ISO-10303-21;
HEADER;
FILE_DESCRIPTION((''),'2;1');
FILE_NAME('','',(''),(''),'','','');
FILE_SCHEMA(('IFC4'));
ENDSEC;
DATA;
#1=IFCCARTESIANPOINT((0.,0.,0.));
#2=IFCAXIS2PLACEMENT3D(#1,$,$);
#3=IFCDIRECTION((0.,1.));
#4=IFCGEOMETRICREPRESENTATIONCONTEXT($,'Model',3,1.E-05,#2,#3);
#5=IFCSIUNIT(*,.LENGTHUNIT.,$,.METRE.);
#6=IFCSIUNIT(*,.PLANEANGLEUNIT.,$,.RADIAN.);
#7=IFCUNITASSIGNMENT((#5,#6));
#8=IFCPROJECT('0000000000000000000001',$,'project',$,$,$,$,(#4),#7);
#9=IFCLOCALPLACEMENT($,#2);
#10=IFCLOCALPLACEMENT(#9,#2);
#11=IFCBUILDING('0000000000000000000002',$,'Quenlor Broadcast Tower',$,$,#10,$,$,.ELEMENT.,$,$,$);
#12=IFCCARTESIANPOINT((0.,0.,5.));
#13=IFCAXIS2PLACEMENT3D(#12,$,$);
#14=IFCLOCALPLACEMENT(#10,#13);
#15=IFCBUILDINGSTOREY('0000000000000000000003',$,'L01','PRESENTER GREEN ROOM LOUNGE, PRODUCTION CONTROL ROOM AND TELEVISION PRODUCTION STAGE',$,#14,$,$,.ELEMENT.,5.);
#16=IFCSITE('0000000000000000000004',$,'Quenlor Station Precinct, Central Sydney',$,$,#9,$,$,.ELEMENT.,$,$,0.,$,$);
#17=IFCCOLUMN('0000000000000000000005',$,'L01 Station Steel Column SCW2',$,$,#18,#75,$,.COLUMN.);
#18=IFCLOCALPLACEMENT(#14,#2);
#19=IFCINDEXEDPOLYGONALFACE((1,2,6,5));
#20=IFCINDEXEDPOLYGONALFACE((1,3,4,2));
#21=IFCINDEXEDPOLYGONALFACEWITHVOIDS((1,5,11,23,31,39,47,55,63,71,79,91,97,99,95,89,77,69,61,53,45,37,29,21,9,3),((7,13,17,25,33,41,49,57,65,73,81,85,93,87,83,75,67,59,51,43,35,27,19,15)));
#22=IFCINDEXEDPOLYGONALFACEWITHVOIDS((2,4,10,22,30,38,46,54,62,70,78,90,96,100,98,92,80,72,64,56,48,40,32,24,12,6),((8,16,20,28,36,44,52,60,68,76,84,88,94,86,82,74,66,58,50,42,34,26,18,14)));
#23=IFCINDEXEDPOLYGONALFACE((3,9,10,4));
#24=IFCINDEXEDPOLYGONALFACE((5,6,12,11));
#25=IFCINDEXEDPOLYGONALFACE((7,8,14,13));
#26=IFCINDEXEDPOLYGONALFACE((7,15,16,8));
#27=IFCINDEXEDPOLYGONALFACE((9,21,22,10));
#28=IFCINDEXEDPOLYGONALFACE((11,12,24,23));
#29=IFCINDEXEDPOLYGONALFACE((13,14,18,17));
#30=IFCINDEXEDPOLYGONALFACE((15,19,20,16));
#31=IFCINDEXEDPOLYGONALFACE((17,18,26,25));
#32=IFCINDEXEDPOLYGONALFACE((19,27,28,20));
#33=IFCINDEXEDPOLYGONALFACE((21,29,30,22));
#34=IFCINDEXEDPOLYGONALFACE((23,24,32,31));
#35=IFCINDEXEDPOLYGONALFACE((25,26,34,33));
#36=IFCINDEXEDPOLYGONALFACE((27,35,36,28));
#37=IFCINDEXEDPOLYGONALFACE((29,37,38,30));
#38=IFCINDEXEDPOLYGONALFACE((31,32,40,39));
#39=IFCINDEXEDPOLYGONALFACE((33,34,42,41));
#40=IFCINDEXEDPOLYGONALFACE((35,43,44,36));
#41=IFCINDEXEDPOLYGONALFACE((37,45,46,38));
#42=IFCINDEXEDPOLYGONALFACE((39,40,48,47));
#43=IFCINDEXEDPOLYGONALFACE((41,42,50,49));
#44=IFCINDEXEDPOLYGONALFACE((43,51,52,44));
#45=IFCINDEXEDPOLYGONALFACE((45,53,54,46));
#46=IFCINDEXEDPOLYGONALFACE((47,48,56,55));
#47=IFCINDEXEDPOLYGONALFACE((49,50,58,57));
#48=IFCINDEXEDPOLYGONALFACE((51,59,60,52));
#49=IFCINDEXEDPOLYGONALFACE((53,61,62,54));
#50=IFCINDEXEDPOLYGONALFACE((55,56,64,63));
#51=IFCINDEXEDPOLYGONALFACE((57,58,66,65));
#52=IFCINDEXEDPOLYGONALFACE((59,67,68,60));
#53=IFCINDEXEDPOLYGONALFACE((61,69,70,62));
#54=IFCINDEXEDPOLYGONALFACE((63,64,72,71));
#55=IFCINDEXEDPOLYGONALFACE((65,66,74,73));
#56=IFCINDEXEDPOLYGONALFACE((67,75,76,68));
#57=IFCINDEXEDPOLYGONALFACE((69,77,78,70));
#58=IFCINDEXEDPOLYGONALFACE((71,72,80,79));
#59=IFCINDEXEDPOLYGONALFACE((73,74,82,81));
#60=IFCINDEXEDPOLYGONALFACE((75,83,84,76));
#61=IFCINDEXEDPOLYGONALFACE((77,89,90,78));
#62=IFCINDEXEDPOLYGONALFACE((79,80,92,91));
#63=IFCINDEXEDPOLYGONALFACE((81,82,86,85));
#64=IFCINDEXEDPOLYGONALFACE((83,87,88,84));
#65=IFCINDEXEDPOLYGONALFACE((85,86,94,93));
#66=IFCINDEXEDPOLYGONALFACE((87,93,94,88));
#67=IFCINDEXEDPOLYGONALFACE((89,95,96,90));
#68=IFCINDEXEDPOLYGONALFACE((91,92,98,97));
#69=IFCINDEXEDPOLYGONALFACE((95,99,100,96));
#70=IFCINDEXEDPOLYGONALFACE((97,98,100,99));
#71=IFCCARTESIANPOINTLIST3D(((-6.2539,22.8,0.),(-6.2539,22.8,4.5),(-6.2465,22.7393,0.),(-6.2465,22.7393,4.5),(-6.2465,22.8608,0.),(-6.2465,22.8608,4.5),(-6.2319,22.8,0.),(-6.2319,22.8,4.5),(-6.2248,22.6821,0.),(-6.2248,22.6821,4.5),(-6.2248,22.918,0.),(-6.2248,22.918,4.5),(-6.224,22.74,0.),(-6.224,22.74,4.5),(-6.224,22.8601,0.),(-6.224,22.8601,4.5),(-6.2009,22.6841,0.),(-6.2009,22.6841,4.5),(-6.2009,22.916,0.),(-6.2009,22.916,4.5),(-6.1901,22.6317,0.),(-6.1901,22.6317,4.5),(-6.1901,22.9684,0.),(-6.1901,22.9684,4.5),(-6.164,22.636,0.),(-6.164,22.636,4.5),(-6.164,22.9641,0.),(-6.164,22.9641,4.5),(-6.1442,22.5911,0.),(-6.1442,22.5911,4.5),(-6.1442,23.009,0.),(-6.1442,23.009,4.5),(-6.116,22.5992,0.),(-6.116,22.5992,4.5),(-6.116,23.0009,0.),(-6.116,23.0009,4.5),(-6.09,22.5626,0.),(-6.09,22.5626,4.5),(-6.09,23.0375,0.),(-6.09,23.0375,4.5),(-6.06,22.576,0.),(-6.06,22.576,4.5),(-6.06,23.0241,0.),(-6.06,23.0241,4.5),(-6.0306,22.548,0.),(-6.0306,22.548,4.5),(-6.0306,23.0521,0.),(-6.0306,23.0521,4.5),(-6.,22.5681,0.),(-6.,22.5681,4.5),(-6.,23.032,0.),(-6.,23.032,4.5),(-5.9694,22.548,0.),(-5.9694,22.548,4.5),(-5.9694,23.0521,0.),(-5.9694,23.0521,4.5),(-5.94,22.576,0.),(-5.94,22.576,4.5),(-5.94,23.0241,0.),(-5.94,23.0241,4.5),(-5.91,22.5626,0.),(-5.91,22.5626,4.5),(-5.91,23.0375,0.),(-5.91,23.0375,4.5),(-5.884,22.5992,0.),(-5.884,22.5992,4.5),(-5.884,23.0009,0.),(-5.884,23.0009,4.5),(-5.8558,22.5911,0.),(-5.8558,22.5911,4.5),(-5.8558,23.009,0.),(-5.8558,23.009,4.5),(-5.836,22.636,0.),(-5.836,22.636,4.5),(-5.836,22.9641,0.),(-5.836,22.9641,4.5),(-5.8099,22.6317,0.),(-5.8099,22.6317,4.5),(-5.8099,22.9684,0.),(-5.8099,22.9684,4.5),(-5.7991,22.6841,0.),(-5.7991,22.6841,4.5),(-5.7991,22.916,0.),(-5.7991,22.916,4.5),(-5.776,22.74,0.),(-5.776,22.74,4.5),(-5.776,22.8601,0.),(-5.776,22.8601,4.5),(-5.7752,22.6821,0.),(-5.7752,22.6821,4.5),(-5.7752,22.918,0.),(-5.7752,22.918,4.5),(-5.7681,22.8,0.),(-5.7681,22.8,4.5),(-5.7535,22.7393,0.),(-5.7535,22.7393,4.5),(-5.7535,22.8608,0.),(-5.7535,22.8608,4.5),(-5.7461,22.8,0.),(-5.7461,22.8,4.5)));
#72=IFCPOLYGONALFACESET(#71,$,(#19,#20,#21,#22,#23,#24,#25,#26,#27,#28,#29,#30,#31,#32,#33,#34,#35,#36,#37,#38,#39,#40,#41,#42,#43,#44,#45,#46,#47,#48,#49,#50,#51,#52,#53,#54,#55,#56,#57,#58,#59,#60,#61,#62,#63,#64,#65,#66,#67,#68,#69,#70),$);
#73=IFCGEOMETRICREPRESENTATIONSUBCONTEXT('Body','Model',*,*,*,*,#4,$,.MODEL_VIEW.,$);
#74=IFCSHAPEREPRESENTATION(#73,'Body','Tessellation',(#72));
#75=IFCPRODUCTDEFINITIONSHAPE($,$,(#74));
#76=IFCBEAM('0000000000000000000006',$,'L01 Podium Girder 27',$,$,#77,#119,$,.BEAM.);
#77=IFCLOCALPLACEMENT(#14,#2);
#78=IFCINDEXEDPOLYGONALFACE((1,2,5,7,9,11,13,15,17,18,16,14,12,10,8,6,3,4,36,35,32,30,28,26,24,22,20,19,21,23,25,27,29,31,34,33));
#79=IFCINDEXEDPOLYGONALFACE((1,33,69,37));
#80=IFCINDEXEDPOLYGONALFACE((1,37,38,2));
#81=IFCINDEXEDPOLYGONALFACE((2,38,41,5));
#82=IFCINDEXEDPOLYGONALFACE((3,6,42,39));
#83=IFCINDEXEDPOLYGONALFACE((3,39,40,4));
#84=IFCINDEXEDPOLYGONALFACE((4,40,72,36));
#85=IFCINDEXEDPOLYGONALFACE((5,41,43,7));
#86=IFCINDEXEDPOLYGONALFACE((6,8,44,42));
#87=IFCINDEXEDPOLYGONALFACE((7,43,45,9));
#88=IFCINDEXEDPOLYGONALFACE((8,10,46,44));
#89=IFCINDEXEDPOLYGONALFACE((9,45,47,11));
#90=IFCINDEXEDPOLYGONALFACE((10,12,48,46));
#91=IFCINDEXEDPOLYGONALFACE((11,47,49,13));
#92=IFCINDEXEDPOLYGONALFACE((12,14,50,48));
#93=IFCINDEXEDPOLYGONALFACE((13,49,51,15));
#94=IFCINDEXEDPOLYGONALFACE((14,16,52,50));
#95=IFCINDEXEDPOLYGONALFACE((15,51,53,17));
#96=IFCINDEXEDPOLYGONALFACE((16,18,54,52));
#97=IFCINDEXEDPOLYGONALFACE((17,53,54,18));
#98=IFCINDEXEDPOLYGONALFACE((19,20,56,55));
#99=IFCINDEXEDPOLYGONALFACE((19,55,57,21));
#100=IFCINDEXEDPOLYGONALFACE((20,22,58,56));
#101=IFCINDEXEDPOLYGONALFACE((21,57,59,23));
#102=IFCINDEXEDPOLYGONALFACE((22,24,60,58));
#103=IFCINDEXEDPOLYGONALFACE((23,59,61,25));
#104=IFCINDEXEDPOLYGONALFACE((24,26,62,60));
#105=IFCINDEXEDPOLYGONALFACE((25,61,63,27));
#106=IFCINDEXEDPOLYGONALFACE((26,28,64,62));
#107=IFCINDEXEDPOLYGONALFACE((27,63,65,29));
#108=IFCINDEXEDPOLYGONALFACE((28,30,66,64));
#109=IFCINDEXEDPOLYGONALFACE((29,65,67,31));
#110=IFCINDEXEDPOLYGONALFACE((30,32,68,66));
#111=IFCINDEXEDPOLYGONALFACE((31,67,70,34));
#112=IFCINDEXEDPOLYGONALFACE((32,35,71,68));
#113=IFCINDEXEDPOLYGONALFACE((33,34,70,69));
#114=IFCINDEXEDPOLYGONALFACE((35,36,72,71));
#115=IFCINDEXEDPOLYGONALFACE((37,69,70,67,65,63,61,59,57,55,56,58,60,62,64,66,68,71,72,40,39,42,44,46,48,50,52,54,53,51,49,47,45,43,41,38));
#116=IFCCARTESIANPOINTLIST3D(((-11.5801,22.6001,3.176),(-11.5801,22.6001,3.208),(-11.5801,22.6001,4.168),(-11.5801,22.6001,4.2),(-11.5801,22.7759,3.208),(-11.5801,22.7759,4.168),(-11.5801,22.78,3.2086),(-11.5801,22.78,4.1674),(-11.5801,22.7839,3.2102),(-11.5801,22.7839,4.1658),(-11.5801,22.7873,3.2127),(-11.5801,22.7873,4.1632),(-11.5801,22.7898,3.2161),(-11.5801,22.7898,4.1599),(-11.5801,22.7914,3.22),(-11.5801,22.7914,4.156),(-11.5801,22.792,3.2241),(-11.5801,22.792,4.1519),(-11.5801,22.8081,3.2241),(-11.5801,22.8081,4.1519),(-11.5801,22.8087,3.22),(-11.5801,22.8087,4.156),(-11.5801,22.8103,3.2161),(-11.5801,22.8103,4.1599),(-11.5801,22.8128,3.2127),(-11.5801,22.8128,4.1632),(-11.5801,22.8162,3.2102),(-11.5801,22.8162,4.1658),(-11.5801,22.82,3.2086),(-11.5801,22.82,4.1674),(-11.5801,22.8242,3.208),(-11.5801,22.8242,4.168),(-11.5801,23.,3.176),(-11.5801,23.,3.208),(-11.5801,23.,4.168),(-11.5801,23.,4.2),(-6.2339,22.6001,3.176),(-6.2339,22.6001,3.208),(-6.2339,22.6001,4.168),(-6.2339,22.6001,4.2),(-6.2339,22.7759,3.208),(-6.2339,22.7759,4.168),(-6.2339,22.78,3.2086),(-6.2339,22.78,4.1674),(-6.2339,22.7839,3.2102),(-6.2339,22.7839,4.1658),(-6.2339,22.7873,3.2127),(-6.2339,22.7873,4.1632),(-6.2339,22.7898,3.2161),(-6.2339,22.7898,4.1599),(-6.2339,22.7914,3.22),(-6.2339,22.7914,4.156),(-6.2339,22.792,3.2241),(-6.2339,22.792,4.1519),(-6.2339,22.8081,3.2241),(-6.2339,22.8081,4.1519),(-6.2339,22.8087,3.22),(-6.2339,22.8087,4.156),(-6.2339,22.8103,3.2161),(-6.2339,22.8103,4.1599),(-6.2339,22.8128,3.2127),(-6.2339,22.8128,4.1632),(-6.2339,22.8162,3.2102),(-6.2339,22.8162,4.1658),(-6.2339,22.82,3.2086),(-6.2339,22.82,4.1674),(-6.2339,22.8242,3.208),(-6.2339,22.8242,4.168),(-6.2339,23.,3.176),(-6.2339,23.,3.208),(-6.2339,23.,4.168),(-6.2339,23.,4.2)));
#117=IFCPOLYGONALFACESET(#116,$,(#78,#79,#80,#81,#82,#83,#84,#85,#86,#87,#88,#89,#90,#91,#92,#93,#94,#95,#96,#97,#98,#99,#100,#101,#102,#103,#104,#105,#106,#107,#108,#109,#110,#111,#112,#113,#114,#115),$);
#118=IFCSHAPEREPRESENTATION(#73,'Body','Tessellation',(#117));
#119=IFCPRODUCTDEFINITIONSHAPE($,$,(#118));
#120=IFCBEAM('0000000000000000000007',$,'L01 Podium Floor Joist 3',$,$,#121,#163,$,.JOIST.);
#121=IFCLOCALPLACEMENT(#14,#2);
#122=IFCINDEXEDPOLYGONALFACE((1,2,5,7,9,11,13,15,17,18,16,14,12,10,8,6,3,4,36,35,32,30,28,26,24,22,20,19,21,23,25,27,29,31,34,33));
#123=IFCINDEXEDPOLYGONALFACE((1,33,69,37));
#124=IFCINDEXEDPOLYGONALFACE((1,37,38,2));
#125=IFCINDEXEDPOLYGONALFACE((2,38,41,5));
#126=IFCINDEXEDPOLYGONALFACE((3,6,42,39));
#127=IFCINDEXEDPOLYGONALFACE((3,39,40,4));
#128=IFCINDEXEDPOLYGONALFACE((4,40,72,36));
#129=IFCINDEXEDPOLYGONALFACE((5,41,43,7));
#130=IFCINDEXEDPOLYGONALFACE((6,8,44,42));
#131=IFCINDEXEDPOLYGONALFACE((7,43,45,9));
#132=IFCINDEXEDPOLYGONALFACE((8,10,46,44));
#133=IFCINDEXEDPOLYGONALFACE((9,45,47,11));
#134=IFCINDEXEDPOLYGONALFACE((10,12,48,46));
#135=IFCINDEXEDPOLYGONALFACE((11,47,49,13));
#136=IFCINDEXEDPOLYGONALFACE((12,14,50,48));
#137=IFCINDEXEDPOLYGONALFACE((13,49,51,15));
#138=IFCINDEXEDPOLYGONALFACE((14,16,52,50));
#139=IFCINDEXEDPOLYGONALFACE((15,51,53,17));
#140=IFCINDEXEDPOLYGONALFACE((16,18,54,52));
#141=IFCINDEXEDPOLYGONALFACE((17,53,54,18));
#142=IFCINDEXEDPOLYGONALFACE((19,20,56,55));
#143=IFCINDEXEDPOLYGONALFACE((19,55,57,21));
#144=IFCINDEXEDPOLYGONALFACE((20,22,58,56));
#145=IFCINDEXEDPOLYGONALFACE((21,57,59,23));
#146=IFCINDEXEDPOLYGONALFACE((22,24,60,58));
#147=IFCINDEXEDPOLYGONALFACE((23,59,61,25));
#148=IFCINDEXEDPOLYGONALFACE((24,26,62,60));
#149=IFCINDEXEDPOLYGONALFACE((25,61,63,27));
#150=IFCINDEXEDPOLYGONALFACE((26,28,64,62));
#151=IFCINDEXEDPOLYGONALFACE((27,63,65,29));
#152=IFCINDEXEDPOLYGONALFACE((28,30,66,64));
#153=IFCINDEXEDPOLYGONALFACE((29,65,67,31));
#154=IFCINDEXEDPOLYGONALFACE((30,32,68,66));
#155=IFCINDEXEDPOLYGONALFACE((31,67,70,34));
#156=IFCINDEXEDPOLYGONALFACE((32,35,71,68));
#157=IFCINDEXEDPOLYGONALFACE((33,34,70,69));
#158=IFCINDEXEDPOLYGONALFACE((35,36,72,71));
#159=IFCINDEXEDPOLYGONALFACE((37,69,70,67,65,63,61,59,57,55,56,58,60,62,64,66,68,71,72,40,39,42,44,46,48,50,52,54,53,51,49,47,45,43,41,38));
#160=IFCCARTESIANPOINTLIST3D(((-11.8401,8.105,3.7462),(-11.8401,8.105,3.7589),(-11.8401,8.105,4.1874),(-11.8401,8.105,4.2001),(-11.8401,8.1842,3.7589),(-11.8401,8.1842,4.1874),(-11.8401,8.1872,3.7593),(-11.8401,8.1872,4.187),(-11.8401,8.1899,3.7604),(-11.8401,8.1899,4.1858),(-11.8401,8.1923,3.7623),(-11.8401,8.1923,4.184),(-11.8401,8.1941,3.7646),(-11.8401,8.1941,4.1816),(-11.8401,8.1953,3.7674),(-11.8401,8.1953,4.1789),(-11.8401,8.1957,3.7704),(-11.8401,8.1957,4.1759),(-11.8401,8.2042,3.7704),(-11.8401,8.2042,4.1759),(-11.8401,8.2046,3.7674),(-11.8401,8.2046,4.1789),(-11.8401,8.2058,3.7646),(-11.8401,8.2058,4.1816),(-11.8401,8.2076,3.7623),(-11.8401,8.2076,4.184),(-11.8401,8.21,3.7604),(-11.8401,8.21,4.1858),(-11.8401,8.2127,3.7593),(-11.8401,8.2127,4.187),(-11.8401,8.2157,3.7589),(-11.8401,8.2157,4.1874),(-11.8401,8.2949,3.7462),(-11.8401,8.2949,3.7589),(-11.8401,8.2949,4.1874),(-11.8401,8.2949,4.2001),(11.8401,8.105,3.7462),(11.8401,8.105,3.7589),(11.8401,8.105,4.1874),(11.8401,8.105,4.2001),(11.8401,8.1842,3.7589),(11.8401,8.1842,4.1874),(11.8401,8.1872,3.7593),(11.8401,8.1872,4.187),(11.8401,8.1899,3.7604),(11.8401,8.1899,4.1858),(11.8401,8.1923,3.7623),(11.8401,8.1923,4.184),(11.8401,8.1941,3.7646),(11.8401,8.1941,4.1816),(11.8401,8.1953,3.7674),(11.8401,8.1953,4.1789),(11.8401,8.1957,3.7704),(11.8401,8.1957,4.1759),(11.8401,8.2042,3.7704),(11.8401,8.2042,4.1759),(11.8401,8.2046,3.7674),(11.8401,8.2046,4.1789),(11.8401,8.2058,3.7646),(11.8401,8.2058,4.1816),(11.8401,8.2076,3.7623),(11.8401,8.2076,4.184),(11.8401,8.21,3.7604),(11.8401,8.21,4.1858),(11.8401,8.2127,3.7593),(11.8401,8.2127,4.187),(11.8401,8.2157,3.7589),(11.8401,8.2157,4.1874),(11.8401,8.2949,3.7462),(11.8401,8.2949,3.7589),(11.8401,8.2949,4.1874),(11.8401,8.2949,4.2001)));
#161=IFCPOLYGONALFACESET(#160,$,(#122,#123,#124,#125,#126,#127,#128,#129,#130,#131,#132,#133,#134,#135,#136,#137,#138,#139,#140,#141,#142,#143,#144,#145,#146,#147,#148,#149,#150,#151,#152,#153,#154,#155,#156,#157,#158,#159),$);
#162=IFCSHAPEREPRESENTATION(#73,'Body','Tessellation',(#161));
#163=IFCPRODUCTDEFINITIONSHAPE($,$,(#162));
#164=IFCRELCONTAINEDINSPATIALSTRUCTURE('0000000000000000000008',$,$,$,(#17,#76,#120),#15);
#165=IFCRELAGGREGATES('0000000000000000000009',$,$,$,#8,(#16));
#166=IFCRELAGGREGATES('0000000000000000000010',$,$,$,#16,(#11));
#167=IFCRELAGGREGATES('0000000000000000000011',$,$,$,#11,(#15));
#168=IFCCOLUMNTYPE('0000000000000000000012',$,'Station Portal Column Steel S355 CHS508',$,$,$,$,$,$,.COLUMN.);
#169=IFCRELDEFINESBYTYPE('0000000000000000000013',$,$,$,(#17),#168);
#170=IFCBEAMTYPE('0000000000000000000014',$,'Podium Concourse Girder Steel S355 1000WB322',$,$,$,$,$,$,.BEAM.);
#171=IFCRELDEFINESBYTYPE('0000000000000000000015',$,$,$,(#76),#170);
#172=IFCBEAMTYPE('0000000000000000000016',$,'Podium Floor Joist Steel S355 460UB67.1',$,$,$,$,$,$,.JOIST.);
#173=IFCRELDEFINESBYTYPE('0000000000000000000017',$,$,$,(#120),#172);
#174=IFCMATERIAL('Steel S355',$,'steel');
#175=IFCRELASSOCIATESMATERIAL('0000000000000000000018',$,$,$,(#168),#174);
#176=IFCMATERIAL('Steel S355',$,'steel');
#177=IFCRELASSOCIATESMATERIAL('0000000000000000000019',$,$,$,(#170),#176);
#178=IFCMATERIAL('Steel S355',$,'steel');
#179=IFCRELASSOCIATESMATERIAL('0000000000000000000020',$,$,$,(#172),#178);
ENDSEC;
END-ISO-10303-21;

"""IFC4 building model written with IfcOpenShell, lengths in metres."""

from ifc_helpers import new_model, si_unit, direction, frame, origin, origin_2d, place, context, subcontext, project, spatial, hollow_circle, i_section, extrude, material, material_profile, profile_set, type_object, element, save


model = new_model("IFC4")

# Units and contexts
model_context = context("Model", 3, precision=1e-05, world=origin(), true_north=direction((0.0, 1.0)))
body_context = subcontext(model_context, "Body", "Model", "MODEL_VIEW")
ifc_project = project(units=[si_unit("LENGTHUNIT", "METRE"), si_unit("PLANEANGLEUNIT", "RADIAN")], contexts=[model_context])

# Site, building, storey
site_placement = place(None, origin())
site = spatial("IfcSite", under=ifc_project, at=site_placement, Name="Quenlor Station Precinct, Central Sydney", CompositionType="ELEMENT", RefElevation=0.0)
building_placement = place(site_placement, origin())
building = spatial("IfcBuilding", under=site, at=building_placement, Name="Quenlor Broadcast Tower", CompositionType="ELEMENT")
storey_placement = place(building_placement, frame((0.0, 0.0, 5.0)))
storey = spatial("IfcBuildingStorey", under=building, at=storey_placement, Name="L01", Description="PRESENTER GREEN ROOM LOUNGE, PRODUCTION CONTROL ROOM AND TELEVISION PRODUCTION STAGE", CompositionType="ELEMENT", Elevation=5.0)

# Column
ifc_material_1 = material(Name="Steel S355", Category="steel")
ifc_material_profile_1 = material_profile(ifc_material_1, hollow_circle(Radius=0.2539, WallThickness=0.022, at=origin_2d()))
ifc_profile_set_1 = profile_set([ifc_material_profile_1], Name="Steel S355 CHS508x22")
column_type = type_object("IfcColumnType", Name="Station Portal Column Steel S355 CHS508", PredefinedType="COLUMN", material=ifc_profile_set_1)
column_placement = place(storey_placement, frame((-6.0, 22.8, 0.0), z_axis=(0.0, 0.0, 1.0), x_axis=(1.0, 0.0, 0.0)))
element("IfcColumn", 1, at=column_placement, inside=storey, type_object=column_type, Name="L01 Station Steel Column SCW2", PredefinedType="COLUMN", context=body_context, shape_type="SweptSolid", body=[
    extrude(hollow_circle(Radius=0.2539, WallThickness=0.022, at=origin_2d()), origin(), (0.0, 0.0, 1.0), 4.5),
])

# Beams
ifc_material_2 = material(Name="Steel S355", Category="steel")
ifc_material_profile_2 = material_profile(ifc_material_2, i_section(OverallWidth=0.3999, OverallDepth=1.0239, WebThickness=0.0161, FlangeThickness=0.032, FilletRadius=0.0161, at=origin_2d()))
ifc_profile_set_2 = profile_set([ifc_material_profile_2], Name="Steel S355 1000WB322")
beam_type_1 = type_object("IfcBeamType", Name="Podium Concourse Girder Steel S355 1000WB322", PredefinedType="BEAM", material=ifc_profile_set_2)
beam_placement = place(storey_placement, frame((-11.5801, 22.8, 3.688), z_axis=(1.0, 0.0, 0.0), x_axis=(0.0, 1.0, 0.0)))
element("IfcBeam", 2, at=beam_placement, inside=storey, type_object=beam_type_1, Name="L01 Podium Girder 27", PredefinedType="BEAM", context=body_context, shape_type="SweptSolid", body=[
    extrude(i_section(OverallWidth=0.3999, OverallDepth=1.0239, WebThickness=0.0161, FlangeThickness=0.032, FilletRadius=0.0161, at=origin_2d()), origin(), (0.0, 0.0, 1.0), 5.3462),
])
ifc_material_3 = material(Name="Steel S355", Category="steel")
ifc_material_profile_3 = material_profile(ifc_material_3, i_section(OverallWidth=0.1899, OverallDepth=0.4539, WebThickness=0.0085, FlangeThickness=0.0127, FilletRadius=0.0115, at=origin_2d()))
ifc_profile_set_3 = profile_set([ifc_material_profile_3], Name="Steel S355 460UB67.1")
beam_type_2 = type_object("IfcBeamType", Name="Podium Floor Joist Steel S355 460UB67.1", PredefinedType="JOIST", material=ifc_profile_set_3)
for number, where, z_axis, x_axis, name in (
    (3, (-11.8401, 8.2, 3.9731), (1.0, 0.0, 0.0), (0.0, 1.0, 0.0), "L01 Podium Floor Joist 3"),
):
    element("IfcBeam", number, at=place(storey_placement, frame(where, z_axis=z_axis, x_axis=x_axis)), inside=storey, type_object=beam_type_2, Name=name, PredefinedType="JOIST", context=body_context, shape_type="SweptSolid", body=[
        extrude(i_section(OverallWidth=0.1899, OverallDepth=0.4539, WebThickness=0.0085, FlangeThickness=0.0127, FilletRadius=0.0115, at=origin_2d()), origin(), (0.0, 0.0, 1.0), 23.6802),
    ])

save(model, "model.ifc")
